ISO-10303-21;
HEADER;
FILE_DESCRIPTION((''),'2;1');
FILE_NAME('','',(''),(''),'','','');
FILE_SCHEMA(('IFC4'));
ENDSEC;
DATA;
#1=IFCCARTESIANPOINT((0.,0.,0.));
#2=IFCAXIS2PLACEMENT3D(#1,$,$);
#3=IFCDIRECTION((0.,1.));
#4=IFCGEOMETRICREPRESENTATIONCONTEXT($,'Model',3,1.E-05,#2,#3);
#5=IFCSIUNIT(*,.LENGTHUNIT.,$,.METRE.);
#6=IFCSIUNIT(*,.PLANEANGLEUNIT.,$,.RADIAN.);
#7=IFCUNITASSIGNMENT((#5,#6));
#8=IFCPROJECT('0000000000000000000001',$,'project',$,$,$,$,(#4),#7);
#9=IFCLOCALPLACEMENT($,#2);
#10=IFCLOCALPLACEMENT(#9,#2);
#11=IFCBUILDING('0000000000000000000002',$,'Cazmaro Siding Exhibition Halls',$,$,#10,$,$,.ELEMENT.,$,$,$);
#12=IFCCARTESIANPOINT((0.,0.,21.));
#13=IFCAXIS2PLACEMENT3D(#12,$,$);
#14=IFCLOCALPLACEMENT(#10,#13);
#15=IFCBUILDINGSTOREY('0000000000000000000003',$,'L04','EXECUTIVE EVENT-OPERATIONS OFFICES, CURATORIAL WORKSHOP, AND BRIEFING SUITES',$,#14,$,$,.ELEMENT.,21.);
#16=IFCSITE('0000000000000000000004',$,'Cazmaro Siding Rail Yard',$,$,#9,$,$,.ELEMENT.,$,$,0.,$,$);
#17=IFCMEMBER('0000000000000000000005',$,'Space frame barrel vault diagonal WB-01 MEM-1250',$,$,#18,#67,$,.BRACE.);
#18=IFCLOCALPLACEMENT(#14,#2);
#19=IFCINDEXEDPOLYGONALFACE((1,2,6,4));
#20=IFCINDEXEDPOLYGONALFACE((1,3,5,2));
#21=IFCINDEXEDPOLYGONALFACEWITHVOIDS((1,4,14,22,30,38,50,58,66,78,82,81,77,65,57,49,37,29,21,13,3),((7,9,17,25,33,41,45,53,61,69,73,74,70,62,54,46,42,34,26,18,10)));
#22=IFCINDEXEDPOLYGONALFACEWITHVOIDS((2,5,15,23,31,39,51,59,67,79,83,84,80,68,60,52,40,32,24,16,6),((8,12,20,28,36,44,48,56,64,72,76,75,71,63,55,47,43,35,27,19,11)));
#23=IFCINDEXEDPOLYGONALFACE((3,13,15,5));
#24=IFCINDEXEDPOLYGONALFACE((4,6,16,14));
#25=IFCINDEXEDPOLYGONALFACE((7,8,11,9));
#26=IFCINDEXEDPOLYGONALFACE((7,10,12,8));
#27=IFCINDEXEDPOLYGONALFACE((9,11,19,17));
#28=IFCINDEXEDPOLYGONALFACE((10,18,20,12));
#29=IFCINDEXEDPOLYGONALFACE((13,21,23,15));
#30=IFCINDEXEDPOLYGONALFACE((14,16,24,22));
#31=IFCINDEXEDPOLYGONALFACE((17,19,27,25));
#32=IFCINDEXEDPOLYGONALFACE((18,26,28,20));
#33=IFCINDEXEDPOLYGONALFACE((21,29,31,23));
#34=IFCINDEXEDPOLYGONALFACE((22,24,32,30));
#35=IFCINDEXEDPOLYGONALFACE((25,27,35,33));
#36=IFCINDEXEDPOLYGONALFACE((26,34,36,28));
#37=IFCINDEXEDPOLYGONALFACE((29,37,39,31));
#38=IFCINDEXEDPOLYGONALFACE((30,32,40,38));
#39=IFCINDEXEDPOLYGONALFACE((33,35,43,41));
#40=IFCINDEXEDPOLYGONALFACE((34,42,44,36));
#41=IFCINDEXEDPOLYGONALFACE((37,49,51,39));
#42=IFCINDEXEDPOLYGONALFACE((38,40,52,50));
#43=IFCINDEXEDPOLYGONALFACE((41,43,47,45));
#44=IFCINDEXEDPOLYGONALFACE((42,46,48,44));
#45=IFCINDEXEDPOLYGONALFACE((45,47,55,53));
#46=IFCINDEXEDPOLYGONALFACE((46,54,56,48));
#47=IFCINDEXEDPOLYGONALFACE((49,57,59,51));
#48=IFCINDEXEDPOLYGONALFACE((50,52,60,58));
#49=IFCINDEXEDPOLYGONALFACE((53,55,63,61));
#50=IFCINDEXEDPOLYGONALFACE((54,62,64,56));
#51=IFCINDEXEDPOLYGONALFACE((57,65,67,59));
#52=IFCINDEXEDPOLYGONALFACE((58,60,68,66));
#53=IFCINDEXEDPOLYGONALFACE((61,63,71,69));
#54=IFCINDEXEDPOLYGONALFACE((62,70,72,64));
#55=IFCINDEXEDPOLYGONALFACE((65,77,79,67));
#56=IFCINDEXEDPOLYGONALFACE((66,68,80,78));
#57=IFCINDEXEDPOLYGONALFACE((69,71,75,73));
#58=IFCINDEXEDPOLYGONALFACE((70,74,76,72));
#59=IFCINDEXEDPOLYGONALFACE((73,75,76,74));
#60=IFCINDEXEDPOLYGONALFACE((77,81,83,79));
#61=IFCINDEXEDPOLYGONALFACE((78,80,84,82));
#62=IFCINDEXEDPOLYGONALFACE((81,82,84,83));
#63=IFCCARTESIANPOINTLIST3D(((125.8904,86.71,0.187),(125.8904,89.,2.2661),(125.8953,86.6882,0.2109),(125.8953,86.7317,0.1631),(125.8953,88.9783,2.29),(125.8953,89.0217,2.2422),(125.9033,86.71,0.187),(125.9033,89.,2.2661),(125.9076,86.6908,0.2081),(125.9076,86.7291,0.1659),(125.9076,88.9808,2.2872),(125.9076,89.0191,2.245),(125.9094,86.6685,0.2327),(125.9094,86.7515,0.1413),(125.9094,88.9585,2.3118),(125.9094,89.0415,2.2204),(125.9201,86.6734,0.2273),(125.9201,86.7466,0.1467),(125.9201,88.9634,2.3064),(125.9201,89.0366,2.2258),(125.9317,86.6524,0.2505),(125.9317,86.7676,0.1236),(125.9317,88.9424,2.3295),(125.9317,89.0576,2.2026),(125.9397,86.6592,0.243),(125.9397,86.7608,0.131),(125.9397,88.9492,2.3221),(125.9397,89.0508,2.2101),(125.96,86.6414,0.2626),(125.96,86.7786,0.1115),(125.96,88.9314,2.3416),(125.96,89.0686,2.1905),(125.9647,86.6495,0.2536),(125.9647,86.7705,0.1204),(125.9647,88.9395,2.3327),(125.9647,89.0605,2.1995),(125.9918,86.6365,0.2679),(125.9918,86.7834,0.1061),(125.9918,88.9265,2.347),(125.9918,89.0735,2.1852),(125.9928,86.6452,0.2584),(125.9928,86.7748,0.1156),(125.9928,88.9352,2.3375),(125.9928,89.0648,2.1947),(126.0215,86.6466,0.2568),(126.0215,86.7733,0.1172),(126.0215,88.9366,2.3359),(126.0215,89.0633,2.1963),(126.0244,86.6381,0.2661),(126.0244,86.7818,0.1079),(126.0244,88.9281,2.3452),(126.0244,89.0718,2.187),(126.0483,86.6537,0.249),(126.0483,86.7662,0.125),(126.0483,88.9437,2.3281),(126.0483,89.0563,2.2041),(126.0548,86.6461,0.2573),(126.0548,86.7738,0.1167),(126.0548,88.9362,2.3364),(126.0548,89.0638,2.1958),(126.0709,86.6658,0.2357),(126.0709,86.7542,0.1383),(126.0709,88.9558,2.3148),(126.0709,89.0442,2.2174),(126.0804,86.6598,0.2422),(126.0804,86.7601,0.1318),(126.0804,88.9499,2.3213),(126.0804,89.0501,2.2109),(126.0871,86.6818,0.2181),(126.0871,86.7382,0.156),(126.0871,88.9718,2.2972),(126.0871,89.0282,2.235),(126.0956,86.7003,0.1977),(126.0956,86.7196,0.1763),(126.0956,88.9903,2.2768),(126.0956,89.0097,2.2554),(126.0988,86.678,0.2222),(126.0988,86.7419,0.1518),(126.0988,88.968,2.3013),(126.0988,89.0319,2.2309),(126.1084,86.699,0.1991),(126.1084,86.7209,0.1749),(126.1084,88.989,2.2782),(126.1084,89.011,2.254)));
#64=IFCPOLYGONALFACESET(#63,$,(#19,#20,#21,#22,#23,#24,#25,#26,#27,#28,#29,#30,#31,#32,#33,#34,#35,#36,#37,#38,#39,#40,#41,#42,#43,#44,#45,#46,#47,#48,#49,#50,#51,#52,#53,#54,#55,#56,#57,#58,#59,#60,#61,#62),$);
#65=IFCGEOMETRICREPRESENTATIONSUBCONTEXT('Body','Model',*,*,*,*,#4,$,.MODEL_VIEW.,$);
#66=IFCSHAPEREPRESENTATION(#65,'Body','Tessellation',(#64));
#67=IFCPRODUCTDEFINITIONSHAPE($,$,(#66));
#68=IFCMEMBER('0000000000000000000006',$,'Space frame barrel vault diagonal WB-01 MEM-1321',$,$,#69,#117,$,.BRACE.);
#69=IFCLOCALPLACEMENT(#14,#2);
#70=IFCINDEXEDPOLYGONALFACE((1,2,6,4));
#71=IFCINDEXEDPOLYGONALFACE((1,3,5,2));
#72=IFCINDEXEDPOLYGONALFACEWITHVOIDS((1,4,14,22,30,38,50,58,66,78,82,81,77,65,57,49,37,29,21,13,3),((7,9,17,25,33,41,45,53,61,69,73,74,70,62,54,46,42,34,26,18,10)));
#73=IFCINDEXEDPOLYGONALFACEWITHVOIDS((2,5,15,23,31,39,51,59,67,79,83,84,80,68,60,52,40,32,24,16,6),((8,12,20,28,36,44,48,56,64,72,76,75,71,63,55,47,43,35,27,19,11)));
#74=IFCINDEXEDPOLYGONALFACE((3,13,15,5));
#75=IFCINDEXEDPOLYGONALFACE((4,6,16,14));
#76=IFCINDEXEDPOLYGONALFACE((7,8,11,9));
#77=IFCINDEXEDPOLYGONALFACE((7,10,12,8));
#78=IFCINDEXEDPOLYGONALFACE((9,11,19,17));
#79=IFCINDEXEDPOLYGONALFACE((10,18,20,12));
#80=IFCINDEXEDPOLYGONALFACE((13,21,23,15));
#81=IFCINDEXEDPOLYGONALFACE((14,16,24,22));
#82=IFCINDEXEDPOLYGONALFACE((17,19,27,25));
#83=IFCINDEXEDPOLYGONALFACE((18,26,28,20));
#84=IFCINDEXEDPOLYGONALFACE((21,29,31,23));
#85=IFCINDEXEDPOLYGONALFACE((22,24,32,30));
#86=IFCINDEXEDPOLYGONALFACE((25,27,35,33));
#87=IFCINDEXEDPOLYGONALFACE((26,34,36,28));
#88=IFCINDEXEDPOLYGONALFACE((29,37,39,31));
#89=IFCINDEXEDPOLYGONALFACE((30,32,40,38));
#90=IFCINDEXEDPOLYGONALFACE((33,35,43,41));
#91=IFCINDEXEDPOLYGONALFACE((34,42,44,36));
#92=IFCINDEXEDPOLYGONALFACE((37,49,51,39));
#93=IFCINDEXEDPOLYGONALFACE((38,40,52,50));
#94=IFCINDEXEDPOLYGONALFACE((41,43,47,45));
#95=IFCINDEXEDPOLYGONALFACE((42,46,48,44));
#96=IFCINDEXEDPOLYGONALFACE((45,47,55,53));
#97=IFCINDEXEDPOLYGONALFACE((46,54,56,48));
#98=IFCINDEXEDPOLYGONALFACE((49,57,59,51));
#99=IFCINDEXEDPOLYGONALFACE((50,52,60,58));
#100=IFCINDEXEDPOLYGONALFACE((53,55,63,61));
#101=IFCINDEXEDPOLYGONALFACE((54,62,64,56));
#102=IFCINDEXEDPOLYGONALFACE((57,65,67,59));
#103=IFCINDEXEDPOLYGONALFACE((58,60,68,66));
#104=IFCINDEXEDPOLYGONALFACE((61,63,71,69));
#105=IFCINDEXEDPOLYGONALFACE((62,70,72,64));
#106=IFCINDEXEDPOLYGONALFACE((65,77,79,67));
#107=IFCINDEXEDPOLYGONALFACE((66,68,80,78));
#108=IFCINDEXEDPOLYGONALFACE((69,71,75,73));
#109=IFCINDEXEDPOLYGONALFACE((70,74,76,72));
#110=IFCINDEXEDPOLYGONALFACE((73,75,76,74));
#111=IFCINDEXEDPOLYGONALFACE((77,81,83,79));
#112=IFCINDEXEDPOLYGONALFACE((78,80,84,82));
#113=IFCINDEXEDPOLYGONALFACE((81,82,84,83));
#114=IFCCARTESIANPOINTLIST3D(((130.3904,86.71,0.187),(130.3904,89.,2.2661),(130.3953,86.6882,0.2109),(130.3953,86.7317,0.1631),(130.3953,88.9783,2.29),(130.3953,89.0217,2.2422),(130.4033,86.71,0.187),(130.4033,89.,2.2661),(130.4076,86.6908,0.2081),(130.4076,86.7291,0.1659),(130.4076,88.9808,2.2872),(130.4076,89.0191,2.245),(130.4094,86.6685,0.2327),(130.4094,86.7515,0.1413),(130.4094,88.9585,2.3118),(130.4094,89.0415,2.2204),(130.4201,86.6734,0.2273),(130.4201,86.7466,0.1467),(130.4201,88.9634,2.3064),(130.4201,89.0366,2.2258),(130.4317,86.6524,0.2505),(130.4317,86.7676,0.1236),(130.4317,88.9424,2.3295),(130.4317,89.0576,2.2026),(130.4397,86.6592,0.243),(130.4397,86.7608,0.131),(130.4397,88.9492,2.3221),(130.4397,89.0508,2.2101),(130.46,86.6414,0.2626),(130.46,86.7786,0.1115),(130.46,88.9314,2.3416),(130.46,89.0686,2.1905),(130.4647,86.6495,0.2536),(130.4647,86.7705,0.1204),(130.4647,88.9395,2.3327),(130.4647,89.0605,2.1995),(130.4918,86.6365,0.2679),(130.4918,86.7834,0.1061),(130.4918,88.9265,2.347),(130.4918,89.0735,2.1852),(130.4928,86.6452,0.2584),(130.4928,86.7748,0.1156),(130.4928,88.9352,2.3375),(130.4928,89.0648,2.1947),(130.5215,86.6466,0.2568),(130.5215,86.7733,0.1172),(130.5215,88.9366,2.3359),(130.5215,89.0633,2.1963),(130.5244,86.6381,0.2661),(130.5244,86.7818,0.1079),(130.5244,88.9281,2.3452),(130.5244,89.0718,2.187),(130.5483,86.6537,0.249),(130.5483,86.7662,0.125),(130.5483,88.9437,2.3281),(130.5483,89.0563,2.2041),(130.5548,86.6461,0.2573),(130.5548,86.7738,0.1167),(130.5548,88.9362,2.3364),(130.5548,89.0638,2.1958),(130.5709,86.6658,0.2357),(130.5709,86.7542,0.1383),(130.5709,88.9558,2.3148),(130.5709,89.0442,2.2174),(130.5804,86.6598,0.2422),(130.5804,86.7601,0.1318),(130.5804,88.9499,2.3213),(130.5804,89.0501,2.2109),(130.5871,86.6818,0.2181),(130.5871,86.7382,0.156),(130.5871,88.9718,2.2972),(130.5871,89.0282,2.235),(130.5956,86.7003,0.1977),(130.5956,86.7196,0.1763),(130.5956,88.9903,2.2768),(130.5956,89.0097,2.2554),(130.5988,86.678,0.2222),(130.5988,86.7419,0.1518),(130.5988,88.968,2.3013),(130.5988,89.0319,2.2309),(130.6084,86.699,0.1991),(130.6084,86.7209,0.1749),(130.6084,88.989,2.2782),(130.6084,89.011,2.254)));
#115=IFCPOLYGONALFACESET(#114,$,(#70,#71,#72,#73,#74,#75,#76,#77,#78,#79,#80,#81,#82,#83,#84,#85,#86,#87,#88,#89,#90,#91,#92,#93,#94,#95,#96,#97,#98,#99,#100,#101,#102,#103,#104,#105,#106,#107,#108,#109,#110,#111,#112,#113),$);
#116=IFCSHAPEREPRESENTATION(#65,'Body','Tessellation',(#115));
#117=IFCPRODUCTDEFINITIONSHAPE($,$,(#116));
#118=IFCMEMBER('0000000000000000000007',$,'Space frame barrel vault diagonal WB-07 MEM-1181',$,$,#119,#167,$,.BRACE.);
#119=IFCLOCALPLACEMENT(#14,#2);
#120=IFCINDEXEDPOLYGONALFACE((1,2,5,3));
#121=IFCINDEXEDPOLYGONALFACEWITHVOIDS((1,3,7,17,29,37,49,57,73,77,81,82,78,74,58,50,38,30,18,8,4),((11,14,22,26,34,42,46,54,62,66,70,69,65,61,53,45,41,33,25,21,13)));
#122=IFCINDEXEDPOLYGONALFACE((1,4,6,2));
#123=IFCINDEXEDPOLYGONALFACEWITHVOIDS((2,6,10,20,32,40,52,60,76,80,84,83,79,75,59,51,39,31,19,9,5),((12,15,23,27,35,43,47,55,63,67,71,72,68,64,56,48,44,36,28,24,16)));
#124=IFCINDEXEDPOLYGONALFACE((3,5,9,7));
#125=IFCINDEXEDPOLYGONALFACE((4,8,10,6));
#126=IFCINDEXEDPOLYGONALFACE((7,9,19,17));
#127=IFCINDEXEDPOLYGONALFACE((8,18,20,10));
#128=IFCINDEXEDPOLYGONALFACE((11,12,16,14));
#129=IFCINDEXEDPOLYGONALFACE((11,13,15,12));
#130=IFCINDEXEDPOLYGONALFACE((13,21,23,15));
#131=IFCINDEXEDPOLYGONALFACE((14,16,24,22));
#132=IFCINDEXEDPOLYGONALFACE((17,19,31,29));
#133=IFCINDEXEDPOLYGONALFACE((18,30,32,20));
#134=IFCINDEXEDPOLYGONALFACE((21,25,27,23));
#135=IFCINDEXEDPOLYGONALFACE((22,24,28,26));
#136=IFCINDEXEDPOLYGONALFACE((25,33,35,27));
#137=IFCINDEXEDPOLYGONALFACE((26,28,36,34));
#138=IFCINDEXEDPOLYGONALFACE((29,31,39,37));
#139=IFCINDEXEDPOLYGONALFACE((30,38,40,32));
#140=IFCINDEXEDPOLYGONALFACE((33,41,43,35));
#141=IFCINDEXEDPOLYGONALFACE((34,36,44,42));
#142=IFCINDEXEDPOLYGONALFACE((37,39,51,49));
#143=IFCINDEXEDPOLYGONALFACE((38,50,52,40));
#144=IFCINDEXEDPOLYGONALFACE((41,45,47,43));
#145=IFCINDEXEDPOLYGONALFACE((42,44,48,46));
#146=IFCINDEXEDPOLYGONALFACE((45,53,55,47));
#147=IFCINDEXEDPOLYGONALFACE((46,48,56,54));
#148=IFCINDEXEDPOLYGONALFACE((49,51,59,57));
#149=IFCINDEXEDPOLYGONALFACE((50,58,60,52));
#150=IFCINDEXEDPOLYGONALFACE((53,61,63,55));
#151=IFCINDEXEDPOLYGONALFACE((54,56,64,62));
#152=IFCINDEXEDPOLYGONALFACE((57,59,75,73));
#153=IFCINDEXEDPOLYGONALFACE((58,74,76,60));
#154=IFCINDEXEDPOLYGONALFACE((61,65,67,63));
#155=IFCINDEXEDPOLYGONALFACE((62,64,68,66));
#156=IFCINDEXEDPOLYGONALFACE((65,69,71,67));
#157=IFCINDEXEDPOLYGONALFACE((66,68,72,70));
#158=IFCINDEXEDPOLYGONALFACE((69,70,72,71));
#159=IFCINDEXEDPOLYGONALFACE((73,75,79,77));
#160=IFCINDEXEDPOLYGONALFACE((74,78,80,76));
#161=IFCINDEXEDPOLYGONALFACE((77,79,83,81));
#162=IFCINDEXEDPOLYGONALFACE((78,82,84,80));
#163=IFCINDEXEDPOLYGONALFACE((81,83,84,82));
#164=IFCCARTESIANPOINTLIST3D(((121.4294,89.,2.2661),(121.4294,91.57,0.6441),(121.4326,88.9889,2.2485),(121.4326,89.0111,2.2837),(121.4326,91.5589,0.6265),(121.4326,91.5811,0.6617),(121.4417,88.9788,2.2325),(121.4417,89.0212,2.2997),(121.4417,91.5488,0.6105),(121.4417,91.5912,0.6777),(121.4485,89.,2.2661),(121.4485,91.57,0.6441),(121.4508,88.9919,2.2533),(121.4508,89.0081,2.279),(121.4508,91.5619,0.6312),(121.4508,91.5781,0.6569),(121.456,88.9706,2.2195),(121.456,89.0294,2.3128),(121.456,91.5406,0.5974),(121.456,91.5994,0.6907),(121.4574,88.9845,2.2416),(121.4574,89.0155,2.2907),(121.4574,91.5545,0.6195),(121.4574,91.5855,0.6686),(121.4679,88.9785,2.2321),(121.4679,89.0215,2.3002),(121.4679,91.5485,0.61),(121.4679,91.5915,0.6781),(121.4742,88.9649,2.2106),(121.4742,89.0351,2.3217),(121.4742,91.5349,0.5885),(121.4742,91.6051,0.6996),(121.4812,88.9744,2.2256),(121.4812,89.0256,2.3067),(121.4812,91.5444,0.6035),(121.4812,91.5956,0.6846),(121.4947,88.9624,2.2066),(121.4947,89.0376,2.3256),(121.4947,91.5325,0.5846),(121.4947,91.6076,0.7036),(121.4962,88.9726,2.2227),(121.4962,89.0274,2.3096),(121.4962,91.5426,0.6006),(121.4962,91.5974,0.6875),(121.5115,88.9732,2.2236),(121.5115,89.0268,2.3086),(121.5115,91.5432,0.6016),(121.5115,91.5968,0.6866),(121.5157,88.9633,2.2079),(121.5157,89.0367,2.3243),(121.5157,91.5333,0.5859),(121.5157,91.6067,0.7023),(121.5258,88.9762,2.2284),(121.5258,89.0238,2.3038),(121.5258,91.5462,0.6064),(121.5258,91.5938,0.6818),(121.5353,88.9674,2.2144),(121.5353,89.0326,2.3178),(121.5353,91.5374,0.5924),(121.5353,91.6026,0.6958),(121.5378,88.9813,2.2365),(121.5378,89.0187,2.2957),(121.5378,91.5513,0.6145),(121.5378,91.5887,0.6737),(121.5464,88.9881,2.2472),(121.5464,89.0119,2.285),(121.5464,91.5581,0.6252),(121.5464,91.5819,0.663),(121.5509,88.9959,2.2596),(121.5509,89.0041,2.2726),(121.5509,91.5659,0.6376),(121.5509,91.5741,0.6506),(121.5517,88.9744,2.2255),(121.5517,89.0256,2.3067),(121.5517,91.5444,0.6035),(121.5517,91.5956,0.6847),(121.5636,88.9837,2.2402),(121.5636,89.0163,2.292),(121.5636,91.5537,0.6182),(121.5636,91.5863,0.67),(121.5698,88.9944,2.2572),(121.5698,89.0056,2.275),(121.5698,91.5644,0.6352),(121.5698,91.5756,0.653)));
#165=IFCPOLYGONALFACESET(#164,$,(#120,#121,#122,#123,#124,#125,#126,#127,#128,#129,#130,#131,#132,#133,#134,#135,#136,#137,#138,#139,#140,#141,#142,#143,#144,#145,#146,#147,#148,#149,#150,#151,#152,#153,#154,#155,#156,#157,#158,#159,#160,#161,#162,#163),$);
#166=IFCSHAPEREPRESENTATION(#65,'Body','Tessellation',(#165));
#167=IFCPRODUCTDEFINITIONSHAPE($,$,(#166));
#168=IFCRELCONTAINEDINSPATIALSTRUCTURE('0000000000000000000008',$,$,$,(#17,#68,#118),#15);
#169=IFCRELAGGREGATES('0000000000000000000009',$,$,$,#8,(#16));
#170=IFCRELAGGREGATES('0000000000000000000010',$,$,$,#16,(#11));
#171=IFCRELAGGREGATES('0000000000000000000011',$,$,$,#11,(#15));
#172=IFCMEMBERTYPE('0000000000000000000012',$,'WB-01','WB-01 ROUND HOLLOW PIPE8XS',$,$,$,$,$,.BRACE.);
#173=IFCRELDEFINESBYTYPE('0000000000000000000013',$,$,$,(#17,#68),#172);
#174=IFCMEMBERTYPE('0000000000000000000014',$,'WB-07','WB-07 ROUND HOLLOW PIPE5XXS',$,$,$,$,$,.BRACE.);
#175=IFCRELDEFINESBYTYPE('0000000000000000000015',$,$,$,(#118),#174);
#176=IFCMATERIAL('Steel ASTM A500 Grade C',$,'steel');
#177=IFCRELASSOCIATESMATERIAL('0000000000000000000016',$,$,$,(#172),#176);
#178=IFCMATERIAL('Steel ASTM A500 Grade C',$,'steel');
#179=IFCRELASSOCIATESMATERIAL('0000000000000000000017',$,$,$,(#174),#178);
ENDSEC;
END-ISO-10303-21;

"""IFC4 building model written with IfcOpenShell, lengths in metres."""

from ifc_helpers import new_model, si_unit, direction, frame, origin, origin_2d, place, context, subcontext, project, spatial, hollow_circle, extrude, material, material_profile, profile_set, type_object, element, save


model = new_model("IFC4")

# Units and contexts
model_context = context("Model", 3, precision=1e-05, world=origin(), true_north=direction((0.0, 1.0)))
body_context = subcontext(model_context, "Body", "Model", "MODEL_VIEW")
ifc_project = project(units=[si_unit("LENGTHUNIT", "METRE"), si_unit("PLANEANGLEUNIT", "RADIAN")], contexts=[model_context])

# Site, building, storey
site_placement = place(None, origin())
site = spatial("IfcSite", under=ifc_project, at=site_placement, Name="Cazmaro Siding Rail Yard", CompositionType="ELEMENT", RefElevation=0.0)
building_placement = place(site_placement, origin())
building = spatial("IfcBuilding", under=site, at=building_placement, Name="Cazmaro Siding Exhibition Halls", CompositionType="ELEMENT")
storey_placement = place(building_placement, frame((0.0, 0.0, 21.0)))
storey = spatial("IfcBuildingStorey", under=building, at=storey_placement, Name="L04", Description="EXECUTIVE EVENT-OPERATIONS OFFICES, CURATORIAL WORKSHOP, AND BRIEFING SUITES", CompositionType="ELEMENT", Elevation=21.0)

# Members
ifc_material_1 = material(Name="Steel ASTM A500 Grade C", Category="steel")
ifc_material_profile_1 = material_profile(ifc_material_1, hollow_circle(Radius=0.1096, WallThickness=0.0129, at=origin_2d()), Name="PIPE8XS")
ifc_profile_set_1 = profile_set([ifc_material_profile_1], Name="Steel ASTM A500 Grade C")
member_type_1 = type_object("IfcMemberType", Name="WB-01", Description="WB-01 ROUND HOLLOW PIPE8XS", PredefinedType="BRACE", material=ifc_profile_set_1)
for number, where, z_axis, x_axis, name in (
    (1, (126.0, 86.71, 0.187), (0.0, 0.740383, 0.672185), (-1.0, 0.0, 0.0), "Space frame barrel vault diagonal WB-01 MEM-1250"),
    (2, (130.5, 86.71, 0.187), (0.0, 0.740383, 0.672185), (-1.0, 0.0, 0.0), "Space frame barrel vault diagonal WB-01 MEM-1321"),
):
    element("IfcMember", number, at=place(storey_placement, frame(where, z_axis=z_axis, x_axis=x_axis)), inside=storey, type_object=member_type_1, Name=name, PredefinedType="BRACE", context=body_context, shape_type="SweptSolid", body=[
        extrude(hollow_circle(Radius=0.1096, WallThickness=0.0129, at=origin_2d()), origin(), (0.0, 0.0, 1.0), 3.093),
    ])
ifc_material_2 = material(Name="Steel ASTM A500 Grade C", Category="steel")
ifc_material_profile_2 = material_profile(ifc_material_2, hollow_circle(Radius=0.0706, WallThickness=0.019, at=origin_2d()), Name="PIPE5XXS")
ifc_profile_set_2 = profile_set([ifc_material_profile_2], Name="Steel ASTM A500 Grade C")
member_type_2 = type_object("IfcMemberType", Name="WB-07", Description="WB-07 ROUND HOLLOW PIPE5XXS", PredefinedType="BRACE", material=ifc_profile_set_2)
member_1_placement = place(storey_placement, frame((121.5, 89.0, 2.2661), z_axis=(0.0, 0.845657, -0.533727), x_axis=(-1.0, 0.0, 0.0)))
element("IfcMember", 3, at=member_1_placement, inside=storey, type_object=member_type_2, Name="Space frame barrel vault diagonal WB-07 MEM-1181", PredefinedType="BRACE", context=body_context, shape_type="SweptSolid", body=[
    extrude(hollow_circle(Radius=0.0706, WallThickness=0.019, at=origin_2d()), origin(), (0.0, 0.0, 1.0), 3.0391),
])

save(model, "model.ifc")
